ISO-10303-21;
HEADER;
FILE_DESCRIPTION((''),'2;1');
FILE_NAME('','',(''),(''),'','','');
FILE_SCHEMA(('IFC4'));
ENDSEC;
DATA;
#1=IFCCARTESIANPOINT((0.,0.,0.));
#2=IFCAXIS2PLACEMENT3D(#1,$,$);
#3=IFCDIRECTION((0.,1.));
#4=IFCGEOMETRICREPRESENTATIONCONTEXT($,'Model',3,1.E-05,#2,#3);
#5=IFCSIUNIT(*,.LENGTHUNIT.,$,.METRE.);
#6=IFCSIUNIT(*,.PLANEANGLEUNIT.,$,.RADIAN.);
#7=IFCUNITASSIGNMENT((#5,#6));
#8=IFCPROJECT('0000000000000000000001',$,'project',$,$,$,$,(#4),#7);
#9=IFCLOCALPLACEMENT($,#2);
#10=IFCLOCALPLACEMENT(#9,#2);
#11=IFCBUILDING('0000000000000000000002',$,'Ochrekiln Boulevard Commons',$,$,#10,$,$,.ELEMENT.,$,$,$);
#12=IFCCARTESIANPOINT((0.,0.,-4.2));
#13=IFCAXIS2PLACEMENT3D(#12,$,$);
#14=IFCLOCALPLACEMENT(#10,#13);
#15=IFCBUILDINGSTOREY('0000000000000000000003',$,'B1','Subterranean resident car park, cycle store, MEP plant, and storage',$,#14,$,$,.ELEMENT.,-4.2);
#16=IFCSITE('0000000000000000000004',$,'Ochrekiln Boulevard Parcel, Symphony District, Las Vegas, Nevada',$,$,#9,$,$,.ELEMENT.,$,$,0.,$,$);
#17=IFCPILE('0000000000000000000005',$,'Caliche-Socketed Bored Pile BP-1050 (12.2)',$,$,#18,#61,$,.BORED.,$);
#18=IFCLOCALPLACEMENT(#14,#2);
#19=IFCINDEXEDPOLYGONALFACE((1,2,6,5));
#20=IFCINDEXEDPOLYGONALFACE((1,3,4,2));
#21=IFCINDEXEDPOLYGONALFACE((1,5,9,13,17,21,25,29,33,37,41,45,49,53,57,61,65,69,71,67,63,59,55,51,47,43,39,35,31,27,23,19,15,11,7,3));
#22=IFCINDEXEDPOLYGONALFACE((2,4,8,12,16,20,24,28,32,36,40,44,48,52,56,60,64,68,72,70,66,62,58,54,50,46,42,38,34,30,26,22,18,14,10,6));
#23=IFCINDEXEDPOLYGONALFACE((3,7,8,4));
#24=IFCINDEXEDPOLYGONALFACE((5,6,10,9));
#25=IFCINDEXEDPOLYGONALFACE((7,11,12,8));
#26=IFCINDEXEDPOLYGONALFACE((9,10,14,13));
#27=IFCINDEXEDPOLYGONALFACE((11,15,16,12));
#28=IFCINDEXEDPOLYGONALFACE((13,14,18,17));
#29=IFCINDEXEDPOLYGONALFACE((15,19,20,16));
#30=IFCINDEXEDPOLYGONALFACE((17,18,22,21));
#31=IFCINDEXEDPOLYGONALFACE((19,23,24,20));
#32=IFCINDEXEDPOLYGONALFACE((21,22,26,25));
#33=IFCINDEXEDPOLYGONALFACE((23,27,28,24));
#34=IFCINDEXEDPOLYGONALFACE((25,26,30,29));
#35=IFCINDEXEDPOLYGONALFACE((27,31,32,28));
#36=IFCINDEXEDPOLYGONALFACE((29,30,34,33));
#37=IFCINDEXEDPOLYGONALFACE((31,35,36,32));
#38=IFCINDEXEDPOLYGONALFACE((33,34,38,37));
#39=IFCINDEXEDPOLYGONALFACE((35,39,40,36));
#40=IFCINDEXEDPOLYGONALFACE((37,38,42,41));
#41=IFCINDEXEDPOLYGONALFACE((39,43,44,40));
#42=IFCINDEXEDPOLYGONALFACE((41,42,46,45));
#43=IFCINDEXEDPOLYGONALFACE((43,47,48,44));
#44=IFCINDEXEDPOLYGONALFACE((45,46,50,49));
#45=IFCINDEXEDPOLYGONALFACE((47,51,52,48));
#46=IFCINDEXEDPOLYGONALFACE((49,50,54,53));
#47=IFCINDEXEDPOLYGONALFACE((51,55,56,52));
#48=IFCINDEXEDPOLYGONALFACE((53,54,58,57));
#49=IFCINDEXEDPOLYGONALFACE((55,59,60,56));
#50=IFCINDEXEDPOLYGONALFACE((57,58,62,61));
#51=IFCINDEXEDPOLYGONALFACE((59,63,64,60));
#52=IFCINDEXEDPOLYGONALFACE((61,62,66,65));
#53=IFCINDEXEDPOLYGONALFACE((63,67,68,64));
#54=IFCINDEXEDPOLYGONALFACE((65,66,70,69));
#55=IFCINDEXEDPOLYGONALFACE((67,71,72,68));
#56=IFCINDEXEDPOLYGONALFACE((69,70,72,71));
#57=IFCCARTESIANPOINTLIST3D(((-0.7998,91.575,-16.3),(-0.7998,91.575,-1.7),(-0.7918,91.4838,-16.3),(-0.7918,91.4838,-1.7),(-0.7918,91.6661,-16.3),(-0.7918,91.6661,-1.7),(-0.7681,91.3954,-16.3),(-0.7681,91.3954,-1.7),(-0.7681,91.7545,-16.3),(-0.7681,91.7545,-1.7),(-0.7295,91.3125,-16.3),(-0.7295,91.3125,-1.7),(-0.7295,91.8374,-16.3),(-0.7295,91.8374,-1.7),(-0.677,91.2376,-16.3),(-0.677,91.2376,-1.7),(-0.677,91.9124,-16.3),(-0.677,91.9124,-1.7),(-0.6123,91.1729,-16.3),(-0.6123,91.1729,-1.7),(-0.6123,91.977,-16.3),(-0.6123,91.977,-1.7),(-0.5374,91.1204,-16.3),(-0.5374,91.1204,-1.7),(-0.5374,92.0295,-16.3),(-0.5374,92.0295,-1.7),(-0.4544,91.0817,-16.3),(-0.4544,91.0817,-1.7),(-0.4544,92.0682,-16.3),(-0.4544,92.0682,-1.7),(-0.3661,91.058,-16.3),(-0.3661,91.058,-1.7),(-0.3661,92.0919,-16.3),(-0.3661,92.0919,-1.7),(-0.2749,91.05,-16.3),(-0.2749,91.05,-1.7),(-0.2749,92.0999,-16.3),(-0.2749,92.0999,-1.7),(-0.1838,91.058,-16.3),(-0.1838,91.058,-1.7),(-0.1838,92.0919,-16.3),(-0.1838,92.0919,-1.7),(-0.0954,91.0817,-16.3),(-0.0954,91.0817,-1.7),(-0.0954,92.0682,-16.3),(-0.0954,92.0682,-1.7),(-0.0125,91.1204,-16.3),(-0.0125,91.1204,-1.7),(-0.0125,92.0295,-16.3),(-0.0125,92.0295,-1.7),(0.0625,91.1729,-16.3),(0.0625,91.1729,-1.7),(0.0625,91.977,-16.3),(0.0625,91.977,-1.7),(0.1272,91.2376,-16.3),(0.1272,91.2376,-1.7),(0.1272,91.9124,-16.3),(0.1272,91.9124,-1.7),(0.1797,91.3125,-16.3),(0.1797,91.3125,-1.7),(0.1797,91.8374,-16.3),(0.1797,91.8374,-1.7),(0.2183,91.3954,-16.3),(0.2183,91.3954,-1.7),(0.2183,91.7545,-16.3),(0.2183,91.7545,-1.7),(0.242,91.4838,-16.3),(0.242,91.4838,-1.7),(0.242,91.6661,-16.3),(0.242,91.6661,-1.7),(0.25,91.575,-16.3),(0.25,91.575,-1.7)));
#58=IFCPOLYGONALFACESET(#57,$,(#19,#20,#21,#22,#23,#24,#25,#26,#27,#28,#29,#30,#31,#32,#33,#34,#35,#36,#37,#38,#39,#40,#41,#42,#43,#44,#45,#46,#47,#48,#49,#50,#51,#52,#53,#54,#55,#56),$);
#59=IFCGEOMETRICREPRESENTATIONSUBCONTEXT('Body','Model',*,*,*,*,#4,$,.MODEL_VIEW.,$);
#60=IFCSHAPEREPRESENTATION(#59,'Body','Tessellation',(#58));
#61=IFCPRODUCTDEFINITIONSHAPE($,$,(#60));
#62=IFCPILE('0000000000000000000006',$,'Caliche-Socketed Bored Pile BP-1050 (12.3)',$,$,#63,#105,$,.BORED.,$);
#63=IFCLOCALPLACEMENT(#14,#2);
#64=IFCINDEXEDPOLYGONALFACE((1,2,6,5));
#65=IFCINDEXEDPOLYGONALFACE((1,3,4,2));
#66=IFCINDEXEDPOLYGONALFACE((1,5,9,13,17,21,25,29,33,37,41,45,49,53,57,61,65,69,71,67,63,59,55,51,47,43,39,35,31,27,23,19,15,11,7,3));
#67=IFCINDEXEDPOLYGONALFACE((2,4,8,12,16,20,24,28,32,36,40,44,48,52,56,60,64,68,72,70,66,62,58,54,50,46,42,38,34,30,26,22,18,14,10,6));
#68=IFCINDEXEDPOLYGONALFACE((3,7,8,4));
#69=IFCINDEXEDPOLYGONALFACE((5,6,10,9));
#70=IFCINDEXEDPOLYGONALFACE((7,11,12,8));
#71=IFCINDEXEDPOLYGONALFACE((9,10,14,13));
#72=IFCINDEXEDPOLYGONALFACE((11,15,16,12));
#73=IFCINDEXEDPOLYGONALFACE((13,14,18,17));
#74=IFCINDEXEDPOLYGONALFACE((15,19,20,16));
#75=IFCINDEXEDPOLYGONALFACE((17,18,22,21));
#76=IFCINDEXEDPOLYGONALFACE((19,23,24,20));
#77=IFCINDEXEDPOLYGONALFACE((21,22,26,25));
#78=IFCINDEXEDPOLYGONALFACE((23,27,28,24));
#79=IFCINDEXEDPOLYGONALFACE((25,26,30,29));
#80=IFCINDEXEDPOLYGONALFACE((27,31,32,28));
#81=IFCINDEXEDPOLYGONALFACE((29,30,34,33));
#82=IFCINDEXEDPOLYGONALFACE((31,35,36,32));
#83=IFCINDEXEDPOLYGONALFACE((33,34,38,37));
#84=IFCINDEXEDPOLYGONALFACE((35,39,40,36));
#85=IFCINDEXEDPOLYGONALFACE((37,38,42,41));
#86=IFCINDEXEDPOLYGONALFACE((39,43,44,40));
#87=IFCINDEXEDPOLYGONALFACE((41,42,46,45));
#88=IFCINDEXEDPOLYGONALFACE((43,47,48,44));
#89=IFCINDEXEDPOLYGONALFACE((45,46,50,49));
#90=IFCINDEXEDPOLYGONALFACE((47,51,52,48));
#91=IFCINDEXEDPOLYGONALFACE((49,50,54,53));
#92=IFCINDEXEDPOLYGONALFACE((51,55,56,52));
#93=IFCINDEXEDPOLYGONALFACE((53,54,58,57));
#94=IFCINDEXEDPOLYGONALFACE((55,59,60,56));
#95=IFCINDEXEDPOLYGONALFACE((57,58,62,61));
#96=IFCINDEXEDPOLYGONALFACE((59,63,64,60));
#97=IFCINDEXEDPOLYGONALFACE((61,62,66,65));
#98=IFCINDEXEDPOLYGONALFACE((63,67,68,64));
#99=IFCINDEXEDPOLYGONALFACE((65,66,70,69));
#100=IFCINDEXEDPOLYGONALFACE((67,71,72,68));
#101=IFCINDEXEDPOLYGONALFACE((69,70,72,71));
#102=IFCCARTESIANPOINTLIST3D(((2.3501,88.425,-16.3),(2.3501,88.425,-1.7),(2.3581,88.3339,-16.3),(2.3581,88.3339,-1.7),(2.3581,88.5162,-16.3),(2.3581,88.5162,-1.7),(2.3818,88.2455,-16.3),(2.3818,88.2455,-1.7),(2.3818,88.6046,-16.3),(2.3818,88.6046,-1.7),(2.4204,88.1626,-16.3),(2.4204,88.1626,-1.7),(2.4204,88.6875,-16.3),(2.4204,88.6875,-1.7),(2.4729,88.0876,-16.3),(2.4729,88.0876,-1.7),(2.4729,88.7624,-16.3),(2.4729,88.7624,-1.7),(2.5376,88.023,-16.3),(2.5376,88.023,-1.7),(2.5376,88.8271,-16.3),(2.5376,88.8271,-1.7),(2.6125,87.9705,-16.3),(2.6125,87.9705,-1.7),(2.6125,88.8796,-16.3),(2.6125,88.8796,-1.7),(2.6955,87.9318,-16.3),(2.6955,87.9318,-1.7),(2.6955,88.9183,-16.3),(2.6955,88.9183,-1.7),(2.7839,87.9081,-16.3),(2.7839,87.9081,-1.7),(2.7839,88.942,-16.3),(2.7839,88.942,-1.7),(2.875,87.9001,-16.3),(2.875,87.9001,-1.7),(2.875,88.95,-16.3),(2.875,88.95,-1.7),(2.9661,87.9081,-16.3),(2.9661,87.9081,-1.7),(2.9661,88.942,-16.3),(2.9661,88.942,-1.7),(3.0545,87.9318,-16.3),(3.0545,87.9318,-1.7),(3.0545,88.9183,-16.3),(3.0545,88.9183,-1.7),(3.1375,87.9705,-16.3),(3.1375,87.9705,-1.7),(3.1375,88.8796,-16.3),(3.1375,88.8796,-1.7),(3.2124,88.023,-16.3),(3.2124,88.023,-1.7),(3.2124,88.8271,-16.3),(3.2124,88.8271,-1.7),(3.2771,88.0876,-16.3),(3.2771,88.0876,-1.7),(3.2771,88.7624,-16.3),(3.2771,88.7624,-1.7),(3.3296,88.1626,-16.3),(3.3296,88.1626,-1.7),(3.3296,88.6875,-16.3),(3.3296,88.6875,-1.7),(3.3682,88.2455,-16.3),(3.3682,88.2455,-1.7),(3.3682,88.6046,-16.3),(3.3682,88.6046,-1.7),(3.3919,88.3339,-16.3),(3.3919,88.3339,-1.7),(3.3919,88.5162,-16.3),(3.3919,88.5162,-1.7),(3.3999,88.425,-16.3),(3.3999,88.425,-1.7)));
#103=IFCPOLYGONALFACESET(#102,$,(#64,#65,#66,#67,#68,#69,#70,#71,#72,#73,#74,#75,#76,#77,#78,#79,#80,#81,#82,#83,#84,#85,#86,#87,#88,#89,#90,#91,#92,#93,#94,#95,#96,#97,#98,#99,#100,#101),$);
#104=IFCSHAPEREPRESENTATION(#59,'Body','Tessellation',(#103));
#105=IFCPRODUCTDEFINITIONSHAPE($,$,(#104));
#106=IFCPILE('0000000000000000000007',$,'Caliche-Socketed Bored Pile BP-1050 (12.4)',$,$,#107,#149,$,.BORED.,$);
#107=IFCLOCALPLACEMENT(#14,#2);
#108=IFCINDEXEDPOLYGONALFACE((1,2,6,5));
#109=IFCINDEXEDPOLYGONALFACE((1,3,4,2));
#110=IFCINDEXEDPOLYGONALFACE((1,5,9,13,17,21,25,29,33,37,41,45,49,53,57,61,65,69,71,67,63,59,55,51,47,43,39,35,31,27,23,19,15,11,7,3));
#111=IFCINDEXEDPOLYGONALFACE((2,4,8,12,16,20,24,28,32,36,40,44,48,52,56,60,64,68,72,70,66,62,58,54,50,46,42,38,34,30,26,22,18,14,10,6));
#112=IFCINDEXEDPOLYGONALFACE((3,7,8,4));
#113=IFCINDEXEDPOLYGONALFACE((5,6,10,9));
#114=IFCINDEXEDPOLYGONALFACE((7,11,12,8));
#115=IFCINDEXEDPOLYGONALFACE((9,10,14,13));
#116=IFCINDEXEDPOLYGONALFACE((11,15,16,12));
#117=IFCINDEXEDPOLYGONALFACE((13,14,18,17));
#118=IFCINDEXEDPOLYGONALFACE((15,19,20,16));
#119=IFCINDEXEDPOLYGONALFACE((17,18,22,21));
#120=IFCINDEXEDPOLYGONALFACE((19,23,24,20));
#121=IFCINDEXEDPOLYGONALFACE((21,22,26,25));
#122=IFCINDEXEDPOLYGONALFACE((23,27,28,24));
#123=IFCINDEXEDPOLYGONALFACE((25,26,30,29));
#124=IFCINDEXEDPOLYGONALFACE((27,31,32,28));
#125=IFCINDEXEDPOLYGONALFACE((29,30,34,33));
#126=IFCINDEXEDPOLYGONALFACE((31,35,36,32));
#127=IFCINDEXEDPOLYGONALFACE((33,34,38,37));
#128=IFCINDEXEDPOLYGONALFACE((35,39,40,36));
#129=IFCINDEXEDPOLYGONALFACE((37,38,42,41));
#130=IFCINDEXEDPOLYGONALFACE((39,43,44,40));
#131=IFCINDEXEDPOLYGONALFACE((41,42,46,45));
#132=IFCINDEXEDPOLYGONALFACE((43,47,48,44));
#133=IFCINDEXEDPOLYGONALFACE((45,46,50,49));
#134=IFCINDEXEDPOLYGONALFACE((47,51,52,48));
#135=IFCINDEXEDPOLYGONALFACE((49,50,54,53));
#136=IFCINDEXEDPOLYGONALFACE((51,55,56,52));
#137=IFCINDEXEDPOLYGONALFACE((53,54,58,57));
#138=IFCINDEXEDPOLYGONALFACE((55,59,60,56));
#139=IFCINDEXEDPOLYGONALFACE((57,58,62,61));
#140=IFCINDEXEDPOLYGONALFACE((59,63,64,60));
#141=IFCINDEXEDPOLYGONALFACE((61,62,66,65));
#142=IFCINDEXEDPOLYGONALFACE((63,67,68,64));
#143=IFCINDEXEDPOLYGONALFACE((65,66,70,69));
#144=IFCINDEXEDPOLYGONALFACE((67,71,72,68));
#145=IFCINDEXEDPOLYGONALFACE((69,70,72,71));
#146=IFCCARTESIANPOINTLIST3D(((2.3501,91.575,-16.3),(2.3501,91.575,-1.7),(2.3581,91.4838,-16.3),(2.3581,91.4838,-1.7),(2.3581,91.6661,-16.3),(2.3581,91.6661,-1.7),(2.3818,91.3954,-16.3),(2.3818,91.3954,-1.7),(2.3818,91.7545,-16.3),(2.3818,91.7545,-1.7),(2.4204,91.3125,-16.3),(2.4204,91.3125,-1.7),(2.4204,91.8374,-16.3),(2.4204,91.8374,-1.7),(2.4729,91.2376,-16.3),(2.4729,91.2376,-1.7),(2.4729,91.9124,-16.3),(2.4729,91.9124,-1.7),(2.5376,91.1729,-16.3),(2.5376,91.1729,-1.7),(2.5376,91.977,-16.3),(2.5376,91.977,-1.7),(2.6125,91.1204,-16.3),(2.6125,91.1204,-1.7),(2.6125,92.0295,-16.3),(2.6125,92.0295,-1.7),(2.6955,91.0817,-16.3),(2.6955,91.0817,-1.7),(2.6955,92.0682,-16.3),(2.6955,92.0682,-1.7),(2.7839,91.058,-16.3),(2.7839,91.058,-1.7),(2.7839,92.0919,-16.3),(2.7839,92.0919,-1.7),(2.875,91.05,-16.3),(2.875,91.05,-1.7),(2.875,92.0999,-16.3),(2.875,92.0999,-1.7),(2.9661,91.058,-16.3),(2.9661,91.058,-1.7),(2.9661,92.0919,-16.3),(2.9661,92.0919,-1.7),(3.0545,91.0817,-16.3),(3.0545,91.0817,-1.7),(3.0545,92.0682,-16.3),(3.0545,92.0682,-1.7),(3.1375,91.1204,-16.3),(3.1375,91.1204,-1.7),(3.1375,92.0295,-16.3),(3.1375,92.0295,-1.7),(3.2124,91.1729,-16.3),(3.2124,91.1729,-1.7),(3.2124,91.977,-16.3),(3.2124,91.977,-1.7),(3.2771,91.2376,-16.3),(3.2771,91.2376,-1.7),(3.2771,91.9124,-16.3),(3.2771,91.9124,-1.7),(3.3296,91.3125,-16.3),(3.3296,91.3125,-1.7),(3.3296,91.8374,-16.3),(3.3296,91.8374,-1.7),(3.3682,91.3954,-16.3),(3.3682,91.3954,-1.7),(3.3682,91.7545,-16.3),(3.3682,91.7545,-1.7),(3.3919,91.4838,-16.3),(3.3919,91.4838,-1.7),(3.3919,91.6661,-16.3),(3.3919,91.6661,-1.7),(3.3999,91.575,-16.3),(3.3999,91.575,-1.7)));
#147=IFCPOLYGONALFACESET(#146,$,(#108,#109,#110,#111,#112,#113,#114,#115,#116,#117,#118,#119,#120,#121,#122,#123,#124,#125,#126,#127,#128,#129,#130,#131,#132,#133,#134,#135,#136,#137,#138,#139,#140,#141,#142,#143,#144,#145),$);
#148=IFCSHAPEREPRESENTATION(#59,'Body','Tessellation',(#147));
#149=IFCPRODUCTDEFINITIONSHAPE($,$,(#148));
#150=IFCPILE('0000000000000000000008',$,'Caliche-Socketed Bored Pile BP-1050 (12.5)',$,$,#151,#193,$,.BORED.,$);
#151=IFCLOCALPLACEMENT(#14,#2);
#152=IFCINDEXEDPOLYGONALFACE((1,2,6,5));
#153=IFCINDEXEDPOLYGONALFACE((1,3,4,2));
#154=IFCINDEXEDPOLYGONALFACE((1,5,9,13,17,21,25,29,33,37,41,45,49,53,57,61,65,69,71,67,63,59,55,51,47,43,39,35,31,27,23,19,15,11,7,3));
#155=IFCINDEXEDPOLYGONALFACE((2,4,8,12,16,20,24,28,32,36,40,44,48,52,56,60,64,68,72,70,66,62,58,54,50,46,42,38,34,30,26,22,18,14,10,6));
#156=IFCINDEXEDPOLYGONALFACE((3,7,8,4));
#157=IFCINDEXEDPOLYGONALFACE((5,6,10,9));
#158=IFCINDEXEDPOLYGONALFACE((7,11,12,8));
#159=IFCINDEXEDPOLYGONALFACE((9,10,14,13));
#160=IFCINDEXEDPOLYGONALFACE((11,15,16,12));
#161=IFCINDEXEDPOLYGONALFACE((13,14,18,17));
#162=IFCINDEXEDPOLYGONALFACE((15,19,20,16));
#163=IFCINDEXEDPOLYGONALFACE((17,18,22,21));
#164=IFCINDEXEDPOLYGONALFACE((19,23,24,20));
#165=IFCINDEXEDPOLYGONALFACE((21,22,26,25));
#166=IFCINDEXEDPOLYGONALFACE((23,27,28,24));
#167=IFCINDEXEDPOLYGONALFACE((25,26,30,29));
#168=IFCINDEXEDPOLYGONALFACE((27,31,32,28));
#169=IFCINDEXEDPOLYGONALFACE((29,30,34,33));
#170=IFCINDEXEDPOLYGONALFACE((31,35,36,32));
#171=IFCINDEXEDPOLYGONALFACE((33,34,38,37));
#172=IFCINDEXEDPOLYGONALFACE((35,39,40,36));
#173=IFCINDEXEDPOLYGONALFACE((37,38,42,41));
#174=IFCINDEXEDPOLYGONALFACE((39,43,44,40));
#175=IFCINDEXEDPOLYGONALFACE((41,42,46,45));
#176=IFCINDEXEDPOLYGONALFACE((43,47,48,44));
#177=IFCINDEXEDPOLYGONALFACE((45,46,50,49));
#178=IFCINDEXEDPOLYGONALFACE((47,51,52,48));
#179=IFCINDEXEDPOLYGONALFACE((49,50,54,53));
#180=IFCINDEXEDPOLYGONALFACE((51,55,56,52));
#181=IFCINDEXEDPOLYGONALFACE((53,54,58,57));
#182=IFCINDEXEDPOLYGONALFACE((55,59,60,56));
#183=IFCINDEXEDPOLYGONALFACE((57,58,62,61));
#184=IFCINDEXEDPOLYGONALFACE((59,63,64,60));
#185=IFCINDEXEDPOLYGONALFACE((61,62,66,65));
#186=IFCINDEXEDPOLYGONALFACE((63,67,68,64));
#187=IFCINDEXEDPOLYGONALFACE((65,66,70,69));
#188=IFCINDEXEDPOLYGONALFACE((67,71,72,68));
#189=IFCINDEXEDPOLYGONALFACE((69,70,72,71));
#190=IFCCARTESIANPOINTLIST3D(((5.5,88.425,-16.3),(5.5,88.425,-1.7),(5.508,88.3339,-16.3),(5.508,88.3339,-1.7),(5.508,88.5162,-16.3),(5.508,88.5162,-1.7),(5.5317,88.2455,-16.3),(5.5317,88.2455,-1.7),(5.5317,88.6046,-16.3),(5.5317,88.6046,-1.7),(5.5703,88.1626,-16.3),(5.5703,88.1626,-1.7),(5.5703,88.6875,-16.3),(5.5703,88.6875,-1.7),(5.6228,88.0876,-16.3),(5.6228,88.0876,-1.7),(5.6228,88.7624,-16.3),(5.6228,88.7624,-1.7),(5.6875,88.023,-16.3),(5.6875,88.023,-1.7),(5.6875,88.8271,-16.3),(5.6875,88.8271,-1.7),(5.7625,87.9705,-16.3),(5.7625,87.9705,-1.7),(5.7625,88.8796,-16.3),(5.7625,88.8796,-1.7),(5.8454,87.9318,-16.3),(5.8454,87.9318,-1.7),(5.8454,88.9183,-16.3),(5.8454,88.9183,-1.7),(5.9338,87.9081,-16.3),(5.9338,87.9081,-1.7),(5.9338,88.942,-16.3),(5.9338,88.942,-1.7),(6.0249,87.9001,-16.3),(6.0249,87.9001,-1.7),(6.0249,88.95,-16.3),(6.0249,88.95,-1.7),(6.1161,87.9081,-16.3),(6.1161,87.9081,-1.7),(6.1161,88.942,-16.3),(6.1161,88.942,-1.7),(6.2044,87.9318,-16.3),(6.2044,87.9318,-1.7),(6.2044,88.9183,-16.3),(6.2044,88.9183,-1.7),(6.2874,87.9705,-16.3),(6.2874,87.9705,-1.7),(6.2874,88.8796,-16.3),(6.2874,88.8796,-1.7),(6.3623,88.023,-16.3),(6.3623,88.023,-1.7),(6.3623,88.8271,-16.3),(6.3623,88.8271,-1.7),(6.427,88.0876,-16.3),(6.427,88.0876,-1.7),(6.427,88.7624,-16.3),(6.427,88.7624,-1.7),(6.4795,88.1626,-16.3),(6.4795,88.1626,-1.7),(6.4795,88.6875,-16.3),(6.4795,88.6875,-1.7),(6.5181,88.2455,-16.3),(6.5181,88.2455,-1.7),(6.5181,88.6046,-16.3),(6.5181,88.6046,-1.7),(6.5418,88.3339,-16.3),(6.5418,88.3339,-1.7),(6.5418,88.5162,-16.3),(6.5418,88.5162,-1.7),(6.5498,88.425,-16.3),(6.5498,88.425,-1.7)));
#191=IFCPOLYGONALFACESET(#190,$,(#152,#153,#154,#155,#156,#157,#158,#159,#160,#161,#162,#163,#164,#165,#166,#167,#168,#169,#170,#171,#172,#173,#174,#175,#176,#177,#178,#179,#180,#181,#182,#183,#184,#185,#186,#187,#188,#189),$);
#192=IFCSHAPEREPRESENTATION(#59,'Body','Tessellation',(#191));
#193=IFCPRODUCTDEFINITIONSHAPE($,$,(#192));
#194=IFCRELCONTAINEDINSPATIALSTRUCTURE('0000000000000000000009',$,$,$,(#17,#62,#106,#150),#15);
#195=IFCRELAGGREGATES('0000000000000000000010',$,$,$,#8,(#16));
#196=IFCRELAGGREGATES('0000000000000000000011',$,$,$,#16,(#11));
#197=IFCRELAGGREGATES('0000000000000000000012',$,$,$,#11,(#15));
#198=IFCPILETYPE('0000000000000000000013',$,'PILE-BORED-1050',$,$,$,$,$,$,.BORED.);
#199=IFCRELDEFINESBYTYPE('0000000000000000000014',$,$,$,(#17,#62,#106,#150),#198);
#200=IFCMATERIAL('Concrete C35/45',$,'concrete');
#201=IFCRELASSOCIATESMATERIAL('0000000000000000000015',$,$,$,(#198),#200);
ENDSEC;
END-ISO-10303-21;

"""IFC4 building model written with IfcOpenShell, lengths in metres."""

from ifc_helpers import new_model, si_unit, direction, frame, origin, origin_2d, place, context, subcontext, project, spatial, circle, extrude, material, material_profile, profile_set, type_object, element, save


model = new_model("IFC4")

# Units and contexts
model_context = context("Model", 3, precision=1e-05, world=origin(), true_north=direction((0.0, 1.0)))
body_context = subcontext(model_context, "Body", "Model", "MODEL_VIEW")
ifc_project = project(units=[si_unit("LENGTHUNIT", "METRE"), si_unit("PLANEANGLEUNIT", "RADIAN")], contexts=[model_context])

# Site, building, storey
site_placement = place(None, origin())
site = spatial("IfcSite", under=ifc_project, at=site_placement, Name="Ochrekiln Boulevard Parcel, Symphony District, Las Vegas, Nevada", CompositionType="ELEMENT", RefElevation=0.0)
building_placement = place(site_placement, origin())
building = spatial("IfcBuilding", under=site, at=building_placement, Name="Ochrekiln Boulevard Commons", CompositionType="ELEMENT")
storey_placement = place(building_placement, frame((0.0, 0.0, -4.2)))
storey = spatial("IfcBuildingStorey", under=building, at=storey_placement, Name="B1", Description="Subterranean resident car park, cycle store, MEP plant, and storage", CompositionType="ELEMENT", Elevation=-4.2)

# Shared definitions
ifc_material_1 = material(Name="Concrete C35/45", Category="concrete")

# Piles
ifc_material_profile_1 = material_profile(ifc_material_1, circle(Radius=0.5249, at=origin_2d()), Name="PILE-D1050")
ifc_profile_set_1 = profile_set([ifc_material_profile_1], Name="Concrete C35/45")
pile_type = type_object("IfcPileType", Name="PILE-BORED-1050", PredefinedType="BORED", material=ifc_profile_set_1)
for number, where, z_axis, x_axis, name in (
    (1, (-0.2749, 91.575, -1.7), (0.0, 0.0, -1.0), (1.0, 0.0, 0.0), "Caliche-Socketed Bored Pile BP-1050 (12.2)"),
    (2, (2.875, 88.425, -1.7), (0.0, 0.0, -1.0), (1.0, 0.0, 0.0), "Caliche-Socketed Bored Pile BP-1050 (12.3)"),
    (3, (2.875, 91.575, -1.7), (0.0, 0.0, -1.0), (1.0, 0.0, 0.0), "Caliche-Socketed Bored Pile BP-1050 (12.4)"),
    (4, (6.0249, 88.425, -1.7), (0.0, 0.0, -1.0), (1.0, 0.0, 0.0), "Caliche-Socketed Bored Pile BP-1050 (12.5)"),
):
    element("IfcPile", number, at=place(storey_placement, frame(where, z_axis=z_axis, x_axis=x_axis)), inside=storey, type_object=pile_type, Name=name, PredefinedType="BORED", context=body_context, shape_type="SweptSolid", body=[
        extrude(circle(Radius=0.5249, at=origin_2d()), origin(), (0.0, 0.0, 1.0), 14.6001),
    ])

save(model, "model.ifc")
